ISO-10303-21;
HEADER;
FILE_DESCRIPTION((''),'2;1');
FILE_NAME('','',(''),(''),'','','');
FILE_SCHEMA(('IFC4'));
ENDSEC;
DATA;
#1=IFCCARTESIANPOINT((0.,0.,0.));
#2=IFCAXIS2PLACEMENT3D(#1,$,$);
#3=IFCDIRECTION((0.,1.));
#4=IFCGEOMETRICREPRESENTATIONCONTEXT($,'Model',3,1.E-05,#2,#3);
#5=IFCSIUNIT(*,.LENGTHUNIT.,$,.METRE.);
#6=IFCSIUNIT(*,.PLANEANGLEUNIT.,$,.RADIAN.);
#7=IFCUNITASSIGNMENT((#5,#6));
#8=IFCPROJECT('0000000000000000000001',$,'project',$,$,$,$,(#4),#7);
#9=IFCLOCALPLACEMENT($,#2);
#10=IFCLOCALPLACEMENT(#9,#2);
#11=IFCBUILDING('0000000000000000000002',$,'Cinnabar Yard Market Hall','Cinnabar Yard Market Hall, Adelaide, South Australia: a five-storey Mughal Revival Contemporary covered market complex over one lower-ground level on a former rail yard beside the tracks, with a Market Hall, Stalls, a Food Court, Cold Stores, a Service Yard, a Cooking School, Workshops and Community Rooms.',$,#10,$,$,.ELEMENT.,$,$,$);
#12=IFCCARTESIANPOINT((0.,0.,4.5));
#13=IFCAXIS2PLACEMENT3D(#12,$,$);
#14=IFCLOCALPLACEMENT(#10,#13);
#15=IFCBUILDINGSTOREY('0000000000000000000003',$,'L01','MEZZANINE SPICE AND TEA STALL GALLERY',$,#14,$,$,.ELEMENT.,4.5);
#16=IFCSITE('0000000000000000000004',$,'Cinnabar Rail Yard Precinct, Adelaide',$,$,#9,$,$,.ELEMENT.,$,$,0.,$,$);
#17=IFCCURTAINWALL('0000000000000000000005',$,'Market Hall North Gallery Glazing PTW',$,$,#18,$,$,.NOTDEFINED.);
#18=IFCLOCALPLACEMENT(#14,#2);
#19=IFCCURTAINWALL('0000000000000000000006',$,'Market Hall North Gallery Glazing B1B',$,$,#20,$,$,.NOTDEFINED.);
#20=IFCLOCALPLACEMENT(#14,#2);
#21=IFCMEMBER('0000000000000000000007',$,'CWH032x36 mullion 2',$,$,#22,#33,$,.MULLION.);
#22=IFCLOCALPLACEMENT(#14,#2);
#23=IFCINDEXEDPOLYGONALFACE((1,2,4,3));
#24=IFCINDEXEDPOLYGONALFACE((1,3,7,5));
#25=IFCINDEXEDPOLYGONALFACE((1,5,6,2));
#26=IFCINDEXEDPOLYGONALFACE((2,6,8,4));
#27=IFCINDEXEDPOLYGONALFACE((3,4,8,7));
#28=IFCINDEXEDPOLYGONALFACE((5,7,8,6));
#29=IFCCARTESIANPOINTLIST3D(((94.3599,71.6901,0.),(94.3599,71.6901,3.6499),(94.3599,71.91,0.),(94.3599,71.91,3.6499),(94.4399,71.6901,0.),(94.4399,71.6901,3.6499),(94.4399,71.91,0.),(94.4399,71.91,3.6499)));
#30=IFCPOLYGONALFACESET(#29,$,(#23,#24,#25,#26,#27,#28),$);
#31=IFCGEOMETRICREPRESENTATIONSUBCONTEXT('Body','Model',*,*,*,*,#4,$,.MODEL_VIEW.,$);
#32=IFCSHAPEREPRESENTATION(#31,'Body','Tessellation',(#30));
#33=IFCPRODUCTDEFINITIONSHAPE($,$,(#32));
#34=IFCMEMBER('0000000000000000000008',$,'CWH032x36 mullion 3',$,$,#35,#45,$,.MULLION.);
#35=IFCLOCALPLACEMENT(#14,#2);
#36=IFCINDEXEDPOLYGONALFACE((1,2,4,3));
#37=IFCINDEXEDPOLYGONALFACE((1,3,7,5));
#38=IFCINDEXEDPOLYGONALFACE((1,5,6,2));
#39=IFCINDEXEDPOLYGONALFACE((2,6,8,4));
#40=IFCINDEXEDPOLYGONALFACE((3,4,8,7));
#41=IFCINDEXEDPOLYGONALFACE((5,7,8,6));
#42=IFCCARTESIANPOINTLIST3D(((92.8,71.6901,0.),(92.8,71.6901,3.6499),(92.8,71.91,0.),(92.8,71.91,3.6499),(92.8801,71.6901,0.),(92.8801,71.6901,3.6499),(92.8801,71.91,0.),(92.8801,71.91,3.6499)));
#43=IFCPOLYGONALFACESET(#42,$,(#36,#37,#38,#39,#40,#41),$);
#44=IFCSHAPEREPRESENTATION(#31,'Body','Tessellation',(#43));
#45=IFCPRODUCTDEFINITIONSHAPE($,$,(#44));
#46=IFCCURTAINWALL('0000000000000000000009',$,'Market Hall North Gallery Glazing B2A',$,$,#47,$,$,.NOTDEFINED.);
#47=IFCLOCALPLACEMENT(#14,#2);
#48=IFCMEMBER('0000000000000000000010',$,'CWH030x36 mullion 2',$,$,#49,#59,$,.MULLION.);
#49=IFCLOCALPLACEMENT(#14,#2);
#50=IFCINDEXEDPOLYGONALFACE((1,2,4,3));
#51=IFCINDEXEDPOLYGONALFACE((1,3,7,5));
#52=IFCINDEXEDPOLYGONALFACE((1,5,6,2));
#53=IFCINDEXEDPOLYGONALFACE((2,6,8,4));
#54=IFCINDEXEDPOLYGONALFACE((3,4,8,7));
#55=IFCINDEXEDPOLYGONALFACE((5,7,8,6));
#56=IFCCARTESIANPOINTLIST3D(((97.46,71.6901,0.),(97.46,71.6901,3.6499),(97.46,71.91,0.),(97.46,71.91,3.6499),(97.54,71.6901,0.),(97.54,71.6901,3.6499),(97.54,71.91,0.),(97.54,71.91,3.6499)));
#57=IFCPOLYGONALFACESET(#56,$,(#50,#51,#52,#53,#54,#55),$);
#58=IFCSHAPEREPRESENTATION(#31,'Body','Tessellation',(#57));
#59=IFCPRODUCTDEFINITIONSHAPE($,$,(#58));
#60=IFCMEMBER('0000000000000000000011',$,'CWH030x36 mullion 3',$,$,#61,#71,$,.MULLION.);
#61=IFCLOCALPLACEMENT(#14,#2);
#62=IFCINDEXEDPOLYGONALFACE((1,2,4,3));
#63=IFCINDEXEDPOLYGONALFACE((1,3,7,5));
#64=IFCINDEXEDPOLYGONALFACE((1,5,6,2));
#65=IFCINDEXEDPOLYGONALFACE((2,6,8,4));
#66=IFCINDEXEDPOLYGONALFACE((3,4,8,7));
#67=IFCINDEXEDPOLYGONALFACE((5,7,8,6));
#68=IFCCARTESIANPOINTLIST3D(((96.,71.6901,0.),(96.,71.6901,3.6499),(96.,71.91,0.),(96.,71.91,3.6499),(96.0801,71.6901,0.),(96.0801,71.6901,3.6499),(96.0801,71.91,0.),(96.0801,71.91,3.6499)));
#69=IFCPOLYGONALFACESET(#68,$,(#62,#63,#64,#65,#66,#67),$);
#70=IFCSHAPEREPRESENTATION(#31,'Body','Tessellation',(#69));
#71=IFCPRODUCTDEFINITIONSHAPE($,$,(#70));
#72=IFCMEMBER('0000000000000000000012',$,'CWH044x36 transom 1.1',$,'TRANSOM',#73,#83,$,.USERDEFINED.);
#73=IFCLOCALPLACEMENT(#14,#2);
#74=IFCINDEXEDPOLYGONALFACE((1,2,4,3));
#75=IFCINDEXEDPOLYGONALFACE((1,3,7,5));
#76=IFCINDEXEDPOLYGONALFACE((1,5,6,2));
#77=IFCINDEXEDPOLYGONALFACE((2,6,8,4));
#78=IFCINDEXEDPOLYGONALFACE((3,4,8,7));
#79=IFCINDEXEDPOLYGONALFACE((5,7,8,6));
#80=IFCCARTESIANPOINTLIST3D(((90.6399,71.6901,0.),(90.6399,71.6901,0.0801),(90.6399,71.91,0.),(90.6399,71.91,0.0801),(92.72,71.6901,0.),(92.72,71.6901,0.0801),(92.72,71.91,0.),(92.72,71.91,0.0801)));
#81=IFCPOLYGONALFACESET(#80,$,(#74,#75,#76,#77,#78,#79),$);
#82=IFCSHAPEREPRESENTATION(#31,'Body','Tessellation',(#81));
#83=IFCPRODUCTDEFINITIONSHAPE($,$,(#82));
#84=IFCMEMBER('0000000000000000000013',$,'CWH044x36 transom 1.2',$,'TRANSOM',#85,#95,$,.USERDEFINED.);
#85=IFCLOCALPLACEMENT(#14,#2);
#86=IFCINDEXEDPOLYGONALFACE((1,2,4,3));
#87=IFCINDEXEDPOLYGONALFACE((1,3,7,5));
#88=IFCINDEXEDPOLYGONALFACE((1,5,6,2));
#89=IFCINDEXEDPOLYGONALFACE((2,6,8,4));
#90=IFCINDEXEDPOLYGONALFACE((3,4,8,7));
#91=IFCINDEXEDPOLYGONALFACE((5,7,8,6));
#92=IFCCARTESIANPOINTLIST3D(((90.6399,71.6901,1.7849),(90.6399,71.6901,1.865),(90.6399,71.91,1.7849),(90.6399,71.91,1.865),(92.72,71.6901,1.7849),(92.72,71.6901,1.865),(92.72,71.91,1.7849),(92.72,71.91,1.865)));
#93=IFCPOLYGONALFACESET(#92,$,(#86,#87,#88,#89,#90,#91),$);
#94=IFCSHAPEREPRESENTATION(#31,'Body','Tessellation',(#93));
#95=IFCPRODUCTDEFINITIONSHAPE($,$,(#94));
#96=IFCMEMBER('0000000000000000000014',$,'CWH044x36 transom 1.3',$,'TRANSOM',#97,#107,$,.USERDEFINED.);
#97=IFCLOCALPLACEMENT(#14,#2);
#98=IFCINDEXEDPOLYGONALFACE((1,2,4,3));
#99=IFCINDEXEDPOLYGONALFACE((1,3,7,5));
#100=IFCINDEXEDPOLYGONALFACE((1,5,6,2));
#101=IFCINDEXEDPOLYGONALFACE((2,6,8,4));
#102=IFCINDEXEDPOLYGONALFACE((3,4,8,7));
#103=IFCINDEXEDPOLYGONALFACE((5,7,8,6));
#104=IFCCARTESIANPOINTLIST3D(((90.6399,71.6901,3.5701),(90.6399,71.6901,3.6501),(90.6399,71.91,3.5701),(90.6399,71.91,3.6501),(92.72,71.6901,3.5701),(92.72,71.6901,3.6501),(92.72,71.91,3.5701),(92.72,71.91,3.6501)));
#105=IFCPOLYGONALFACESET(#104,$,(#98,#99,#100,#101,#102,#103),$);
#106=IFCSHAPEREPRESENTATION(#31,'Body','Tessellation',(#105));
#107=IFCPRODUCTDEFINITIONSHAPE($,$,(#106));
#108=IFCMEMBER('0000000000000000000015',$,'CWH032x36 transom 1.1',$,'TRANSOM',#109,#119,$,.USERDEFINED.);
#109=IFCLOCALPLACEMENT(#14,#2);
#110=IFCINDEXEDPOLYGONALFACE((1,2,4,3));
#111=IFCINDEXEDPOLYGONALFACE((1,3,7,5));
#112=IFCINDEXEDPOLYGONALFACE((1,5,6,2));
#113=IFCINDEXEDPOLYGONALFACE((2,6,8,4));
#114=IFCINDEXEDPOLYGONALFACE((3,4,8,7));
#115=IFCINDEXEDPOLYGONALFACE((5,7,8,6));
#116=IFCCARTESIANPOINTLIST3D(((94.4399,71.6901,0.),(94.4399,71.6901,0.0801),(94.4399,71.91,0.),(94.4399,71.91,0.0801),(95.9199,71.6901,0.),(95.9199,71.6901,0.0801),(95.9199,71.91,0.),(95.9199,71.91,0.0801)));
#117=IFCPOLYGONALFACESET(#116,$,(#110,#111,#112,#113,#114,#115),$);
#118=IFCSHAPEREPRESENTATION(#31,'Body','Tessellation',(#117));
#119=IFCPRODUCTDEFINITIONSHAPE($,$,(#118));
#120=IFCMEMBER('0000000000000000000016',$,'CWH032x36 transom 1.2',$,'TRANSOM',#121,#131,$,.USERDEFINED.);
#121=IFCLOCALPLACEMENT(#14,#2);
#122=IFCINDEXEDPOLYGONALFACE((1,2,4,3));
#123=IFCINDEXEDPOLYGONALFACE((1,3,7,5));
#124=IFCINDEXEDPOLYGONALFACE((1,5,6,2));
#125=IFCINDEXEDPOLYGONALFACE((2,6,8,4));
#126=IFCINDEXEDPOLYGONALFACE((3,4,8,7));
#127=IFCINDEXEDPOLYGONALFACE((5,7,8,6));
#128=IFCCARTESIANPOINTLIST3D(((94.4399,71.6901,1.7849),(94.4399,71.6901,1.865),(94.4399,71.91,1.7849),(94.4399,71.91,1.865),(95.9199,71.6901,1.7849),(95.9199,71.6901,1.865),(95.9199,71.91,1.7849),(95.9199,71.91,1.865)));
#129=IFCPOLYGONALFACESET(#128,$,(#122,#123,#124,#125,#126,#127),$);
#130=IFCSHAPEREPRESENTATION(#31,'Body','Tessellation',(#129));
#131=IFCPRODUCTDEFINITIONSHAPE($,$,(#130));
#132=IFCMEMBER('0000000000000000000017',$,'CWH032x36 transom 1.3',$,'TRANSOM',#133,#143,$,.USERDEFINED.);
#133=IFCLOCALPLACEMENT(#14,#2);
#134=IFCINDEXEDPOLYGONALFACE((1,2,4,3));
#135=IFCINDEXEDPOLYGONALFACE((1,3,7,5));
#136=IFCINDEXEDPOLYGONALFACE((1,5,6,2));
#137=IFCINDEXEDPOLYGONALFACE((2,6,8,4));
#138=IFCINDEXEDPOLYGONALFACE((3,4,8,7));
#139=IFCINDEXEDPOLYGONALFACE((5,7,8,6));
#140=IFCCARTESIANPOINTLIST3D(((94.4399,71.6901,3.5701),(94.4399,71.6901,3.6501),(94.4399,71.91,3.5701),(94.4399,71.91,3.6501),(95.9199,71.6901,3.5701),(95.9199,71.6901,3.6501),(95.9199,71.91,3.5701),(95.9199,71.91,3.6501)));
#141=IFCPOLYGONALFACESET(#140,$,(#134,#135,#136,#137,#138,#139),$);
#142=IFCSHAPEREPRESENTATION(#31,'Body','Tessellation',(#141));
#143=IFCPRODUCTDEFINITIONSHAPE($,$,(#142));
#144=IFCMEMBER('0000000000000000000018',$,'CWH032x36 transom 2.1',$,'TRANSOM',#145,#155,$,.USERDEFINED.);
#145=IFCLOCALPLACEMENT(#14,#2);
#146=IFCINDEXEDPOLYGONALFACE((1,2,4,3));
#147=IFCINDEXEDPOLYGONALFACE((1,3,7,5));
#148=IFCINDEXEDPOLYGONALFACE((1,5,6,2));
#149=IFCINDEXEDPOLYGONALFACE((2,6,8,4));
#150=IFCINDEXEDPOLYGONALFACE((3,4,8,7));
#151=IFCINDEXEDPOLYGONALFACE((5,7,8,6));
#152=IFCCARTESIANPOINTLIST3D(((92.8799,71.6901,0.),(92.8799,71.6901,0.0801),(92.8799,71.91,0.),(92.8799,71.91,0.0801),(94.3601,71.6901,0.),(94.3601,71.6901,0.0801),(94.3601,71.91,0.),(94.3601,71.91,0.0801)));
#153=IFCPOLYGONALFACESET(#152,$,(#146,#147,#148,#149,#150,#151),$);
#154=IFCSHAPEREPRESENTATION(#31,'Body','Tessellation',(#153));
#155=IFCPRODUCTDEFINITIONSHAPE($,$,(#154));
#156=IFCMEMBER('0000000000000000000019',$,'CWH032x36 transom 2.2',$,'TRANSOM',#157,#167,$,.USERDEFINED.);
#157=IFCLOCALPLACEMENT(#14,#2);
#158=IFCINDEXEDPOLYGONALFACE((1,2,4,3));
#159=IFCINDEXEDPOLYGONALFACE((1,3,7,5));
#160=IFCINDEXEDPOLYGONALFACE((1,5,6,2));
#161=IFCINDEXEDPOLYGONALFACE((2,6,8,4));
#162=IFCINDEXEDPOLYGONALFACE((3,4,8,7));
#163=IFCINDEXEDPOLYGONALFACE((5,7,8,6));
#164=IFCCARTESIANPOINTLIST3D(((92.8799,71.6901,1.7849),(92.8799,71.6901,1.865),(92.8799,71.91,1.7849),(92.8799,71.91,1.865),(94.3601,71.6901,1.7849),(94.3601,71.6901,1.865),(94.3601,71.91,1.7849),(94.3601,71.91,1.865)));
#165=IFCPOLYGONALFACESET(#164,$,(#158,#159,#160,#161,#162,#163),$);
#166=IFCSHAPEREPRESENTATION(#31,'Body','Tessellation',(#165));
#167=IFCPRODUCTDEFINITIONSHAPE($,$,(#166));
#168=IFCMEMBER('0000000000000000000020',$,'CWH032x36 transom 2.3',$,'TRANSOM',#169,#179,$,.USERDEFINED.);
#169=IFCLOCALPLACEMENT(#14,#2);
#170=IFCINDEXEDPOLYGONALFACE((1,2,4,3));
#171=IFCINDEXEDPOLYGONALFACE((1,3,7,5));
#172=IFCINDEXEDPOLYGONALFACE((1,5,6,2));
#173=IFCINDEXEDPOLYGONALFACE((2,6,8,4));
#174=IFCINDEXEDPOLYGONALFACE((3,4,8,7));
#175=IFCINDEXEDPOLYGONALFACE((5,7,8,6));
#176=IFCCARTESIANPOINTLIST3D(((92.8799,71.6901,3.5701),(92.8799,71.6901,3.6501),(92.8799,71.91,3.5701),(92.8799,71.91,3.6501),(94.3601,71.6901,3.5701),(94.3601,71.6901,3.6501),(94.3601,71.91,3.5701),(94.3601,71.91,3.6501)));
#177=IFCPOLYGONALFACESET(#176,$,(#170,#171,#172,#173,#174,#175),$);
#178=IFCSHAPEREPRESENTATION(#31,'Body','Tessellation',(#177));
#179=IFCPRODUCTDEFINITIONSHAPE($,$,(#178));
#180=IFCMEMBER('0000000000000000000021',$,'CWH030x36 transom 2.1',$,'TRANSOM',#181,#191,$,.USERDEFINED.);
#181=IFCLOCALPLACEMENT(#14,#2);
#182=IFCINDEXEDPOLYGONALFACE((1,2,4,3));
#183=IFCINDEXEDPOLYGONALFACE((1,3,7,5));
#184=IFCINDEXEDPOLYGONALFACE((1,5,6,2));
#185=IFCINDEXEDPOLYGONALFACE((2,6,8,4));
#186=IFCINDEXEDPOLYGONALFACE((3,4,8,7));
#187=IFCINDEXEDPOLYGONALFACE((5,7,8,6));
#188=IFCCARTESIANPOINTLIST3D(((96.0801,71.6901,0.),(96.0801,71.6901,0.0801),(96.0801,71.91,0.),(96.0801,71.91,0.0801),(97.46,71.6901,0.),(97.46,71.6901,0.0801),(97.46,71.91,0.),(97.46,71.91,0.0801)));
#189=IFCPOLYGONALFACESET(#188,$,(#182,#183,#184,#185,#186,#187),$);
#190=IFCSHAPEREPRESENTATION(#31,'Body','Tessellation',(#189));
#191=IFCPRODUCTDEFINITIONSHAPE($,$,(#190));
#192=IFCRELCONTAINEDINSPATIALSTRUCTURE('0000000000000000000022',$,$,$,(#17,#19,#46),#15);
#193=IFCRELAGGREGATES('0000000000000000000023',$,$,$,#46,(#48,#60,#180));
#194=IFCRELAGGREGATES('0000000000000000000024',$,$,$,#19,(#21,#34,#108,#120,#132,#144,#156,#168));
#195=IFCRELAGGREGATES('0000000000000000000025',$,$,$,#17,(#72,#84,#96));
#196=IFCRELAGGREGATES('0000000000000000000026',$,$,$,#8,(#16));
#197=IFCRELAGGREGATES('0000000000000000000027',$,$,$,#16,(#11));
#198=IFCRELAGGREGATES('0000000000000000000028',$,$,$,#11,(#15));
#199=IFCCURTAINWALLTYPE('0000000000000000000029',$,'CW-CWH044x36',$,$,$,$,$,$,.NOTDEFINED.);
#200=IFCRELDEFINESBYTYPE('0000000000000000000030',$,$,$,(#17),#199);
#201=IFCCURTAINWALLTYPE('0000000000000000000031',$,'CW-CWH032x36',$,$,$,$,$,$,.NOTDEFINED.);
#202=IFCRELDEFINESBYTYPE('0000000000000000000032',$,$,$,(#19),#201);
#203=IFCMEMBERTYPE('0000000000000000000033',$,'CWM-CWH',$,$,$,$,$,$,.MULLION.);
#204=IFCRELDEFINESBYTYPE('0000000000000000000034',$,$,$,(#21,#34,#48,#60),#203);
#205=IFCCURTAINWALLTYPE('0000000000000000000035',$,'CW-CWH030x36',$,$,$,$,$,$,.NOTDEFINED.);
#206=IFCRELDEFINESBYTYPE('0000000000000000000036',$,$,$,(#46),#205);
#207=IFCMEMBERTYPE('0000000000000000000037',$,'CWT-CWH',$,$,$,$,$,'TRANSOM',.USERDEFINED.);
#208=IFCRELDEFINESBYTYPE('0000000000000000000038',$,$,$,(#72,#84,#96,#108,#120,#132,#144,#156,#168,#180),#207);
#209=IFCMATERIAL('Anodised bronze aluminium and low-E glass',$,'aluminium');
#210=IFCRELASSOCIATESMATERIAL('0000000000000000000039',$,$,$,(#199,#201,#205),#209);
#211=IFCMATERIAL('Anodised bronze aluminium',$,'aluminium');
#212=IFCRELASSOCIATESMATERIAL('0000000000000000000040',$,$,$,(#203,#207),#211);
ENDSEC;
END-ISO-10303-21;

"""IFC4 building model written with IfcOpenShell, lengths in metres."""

from ifc_helpers import new_model, si_unit, direction, frame, origin, origin_2d_with_axis, place, context, subcontext, project, spatial, rectangle, extrude, material, material_profile, profile_set, type_object, element, aggregate, save


model = new_model("IFC4")

# Units and contexts
model_context = context("Model", 3, precision=1e-05, world=origin(), true_north=direction((0.0, 1.0)))
body_context = subcontext(model_context, "Body", "Model", "MODEL_VIEW")
ifc_project = project(units=[si_unit("LENGTHUNIT", "METRE"), si_unit("PLANEANGLEUNIT", "RADIAN")], contexts=[model_context])

# Site, building, storey
site_placement = place(None, origin())
site = spatial("IfcSite", under=ifc_project, at=site_placement, Name="Cinnabar Rail Yard Precinct, Adelaide", CompositionType="ELEMENT", RefElevation=0.0)
building_placement = place(site_placement, origin())
building = spatial("IfcBuilding", under=site, at=building_placement, Name="Cinnabar Yard Market Hall", Description="Cinnabar Yard Market Hall, Adelaide, South Australia: a five-storey Mughal Revival Contemporary covered market complex over one lower-ground level on a former rail yard beside the tracks, with a Market Hall, Stalls, a Food Court, Cold Stores, a Service Yard, a Cooking School, Workshops and Community Rooms.", CompositionType="ELEMENT")
storey_placement = place(building_placement, frame((0.0, 0.0, 4.5)))
storey = spatial("IfcBuildingStorey", under=building, at=storey_placement, Name="L01", Description="MEZZANINE SPICE AND TEA STALL GALLERY", CompositionType="ELEMENT", Elevation=4.5)

# Curtain wall
ifc_material_1 = material(Name="Anodised bronze aluminium and low-E glass", Category="aluminium")
curtain_wall_type_1 = type_object("IfcCurtainWallType", Name="CW-CWH044x36", PredefinedType="NOTDEFINED", material=ifc_material_1)
curtain_wall_1_placement = place(storey_placement, origin())
curtain_wall_1 = element("IfcCurtainWall", 1, at=curtain_wall_1_placement, inside=storey, type_object=curtain_wall_type_1, Name="Market Hall North Gallery Glazing PTW", PredefinedType="NOTDEFINED")
ifc_material_2 = material(Name="Anodised bronze aluminium", Category="aluminium")
ifc_material_profile_1 = material_profile(ifc_material_2, rectangle(XDim=0.22, YDim=0.0801, at=origin_2d_with_axis()), Name="MUL-CWH")
ifc_profile_set_1 = profile_set([ifc_material_profile_1], Name="Anodised bronze aluminium")
member_type_1 = type_object("IfcMemberType", Name="CWM-CWH", PredefinedType="MULLION", material=ifc_profile_set_1)

# Curtain walls, members
curtain_wall_type_2 = type_object("IfcCurtainWallType", Name="CW-CWH032x36", PredefinedType="NOTDEFINED", material=ifc_material_1)
curtain_wall_2_placement = place(storey_placement, origin())
curtain_wall_2 = element("IfcCurtainWall", 2, at=curtain_wall_2_placement, inside=storey, type_object=curtain_wall_type_2, Name="Market Hall North Gallery Glazing B1B", PredefinedType="NOTDEFINED")
member_1_placement = place(storey_placement, frame((94.3999, 71.8, 0.0), z_axis=(0.0, 0.0, 1.0), x_axis=(0.0, -1.0, 0.0)))
member_1 = element("IfcMember", 3, at=member_1_placement, type_object=member_type_1, Name="CWH032x36 mullion 2", PredefinedType="MULLION", context=body_context, shape_type="SweptSolid", body=[
    extrude(rectangle(XDim=0.22, YDim=0.0801, at=origin_2d_with_axis()), origin(), (0.0, 0.0, 1.0), 3.6499),
])
member_2_placement = place(storey_placement, frame((92.8401, 71.8, 0.0), z_axis=(0.0, 0.0, 1.0), x_axis=(0.0, -1.0, 0.0)))
member_2 = element("IfcMember", 4, at=member_2_placement, type_object=member_type_1, Name="CWH032x36 mullion 3", PredefinedType="MULLION", context=body_context, shape_type="SweptSolid", body=[
    extrude(rectangle(XDim=0.22, YDim=0.0801, at=origin_2d_with_axis()), origin(), (0.0, 0.0, 1.0), 3.6499),
])
curtain_wall_type_3 = type_object("IfcCurtainWallType", Name="CW-CWH030x36", PredefinedType="NOTDEFINED", material=ifc_material_1)
curtain_wall_3_placement = place(storey_placement, origin())
curtain_wall_3 = element("IfcCurtainWall", 5, at=curtain_wall_3_placement, inside=storey, type_object=curtain_wall_type_3, Name="Market Hall North Gallery Glazing B2A", PredefinedType="NOTDEFINED")
member_3_placement = place(storey_placement, frame((97.5, 71.8, 0.0), z_axis=(0.0, 0.0, 1.0), x_axis=(0.0, -1.0, 0.0)))
member_3 = element("IfcMember", 6, at=member_3_placement, type_object=member_type_1, Name="CWH030x36 mullion 2", PredefinedType="MULLION", context=body_context, shape_type="SweptSolid", body=[
    extrude(rectangle(XDim=0.22, YDim=0.0801, at=origin_2d_with_axis()), origin(), (0.0, 0.0, 1.0), 3.6499),
])
member_4_placement = place(storey_placement, frame((96.04, 71.8, 0.0), z_axis=(0.0, 0.0, 1.0), x_axis=(0.0, -1.0, 0.0)))
member_4 = element("IfcMember", 7, at=member_4_placement, type_object=member_type_1, Name="CWH030x36 mullion 3", PredefinedType="MULLION", context=body_context, shape_type="SweptSolid", body=[
    extrude(rectangle(XDim=0.22, YDim=0.0801, at=origin_2d_with_axis()), origin(), (0.0, 0.0, 1.0), 3.6499),
])

# Members
ifc_material_profile_2 = material_profile(ifc_material_2, rectangle(XDim=0.22, YDim=0.0801, at=origin_2d_with_axis()), Name="TRN-CWH")
ifc_profile_set_2 = profile_set([ifc_material_profile_2], Name="Anodised bronze aluminium")
member_type_2 = type_object("IfcMemberType", Name="CWT-CWH", ElementType="TRANSOM", PredefinedType="USERDEFINED", material=ifc_profile_set_2)
member_5_placement = place(storey_placement, frame((92.72, 71.8, 0.04), z_axis=(-1.0, 0.0, 0.0), x_axis=(0.0, -1.0, 0.0)))
member_5 = element("IfcMember", 8, at=member_5_placement, type_object=member_type_2, Name="CWH044x36 transom 1.1", ObjectType="TRANSOM", PredefinedType="USERDEFINED", context=body_context, shape_type="SweptSolid", body=[
    extrude(rectangle(XDim=0.22, YDim=0.0801, at=origin_2d_with_axis()), origin(), (0.0, 0.0, 1.0), 2.0801),
])
member_6_placement = place(storey_placement, frame((92.72, 71.8, 1.825), z_axis=(-1.0, 0.0, 0.0), x_axis=(0.0, -1.0, 0.0)))
member_6 = element("IfcMember", 9, at=member_6_placement, type_object=member_type_2, Name="CWH044x36 transom 1.2", ObjectType="TRANSOM", PredefinedType="USERDEFINED", context=body_context, shape_type="SweptSolid", body=[
    extrude(rectangle(XDim=0.22, YDim=0.0801, at=origin_2d_with_axis()), origin(), (0.0, 0.0, 1.0), 2.0801),
])
member_7_placement = place(storey_placement, frame((92.72, 71.8, 3.6101), z_axis=(-1.0, 0.0, 0.0), x_axis=(0.0, -1.0, 0.0)))
member_7 = element("IfcMember", 10, at=member_7_placement, type_object=member_type_2, Name="CWH044x36 transom 1.3", ObjectType="TRANSOM", PredefinedType="USERDEFINED", context=body_context, shape_type="SweptSolid", body=[
    extrude(rectangle(XDim=0.22, YDim=0.0801, at=origin_2d_with_axis()), origin(), (0.0, 0.0, 1.0), 2.0801),
])
member_8_placement = place(storey_placement, frame((95.9199, 71.8, 0.04), z_axis=(-1.0, 0.0, 0.0), x_axis=(0.0, -1.0, 0.0)))
member_8 = element("IfcMember", 11, at=member_8_placement, type_object=member_type_2, Name="CWH032x36 transom 1.1", ObjectType="TRANSOM", PredefinedType="USERDEFINED", context=body_context, shape_type="SweptSolid", body=[
    extrude(rectangle(XDim=0.22, YDim=0.0801, at=origin_2d_with_axis()), origin(), (0.0, 0.0, 1.0), 1.48),
])
member_9_placement = place(storey_placement, frame((95.9199, 71.8, 1.825), z_axis=(-1.0, 0.0, 0.0), x_axis=(0.0, -1.0, 0.0)))
member_9 = element("IfcMember", 12, at=member_9_placement, type_object=member_type_2, Name="CWH032x36 transom 1.2", ObjectType="TRANSOM", PredefinedType="USERDEFINED", context=body_context, shape_type="SweptSolid", body=[
    extrude(rectangle(XDim=0.22, YDim=0.0801, at=origin_2d_with_axis()), origin(), (0.0, 0.0, 1.0), 1.48),
])
member_10_placement = place(storey_placement, frame((95.9199, 71.8, 3.6101), z_axis=(-1.0, 0.0, 0.0), x_axis=(0.0, -1.0, 0.0)))
member_10 = element("IfcMember", 13, at=member_10_placement, type_object=member_type_2, Name="CWH032x36 transom 1.3", ObjectType="TRANSOM", PredefinedType="USERDEFINED", context=body_context, shape_type="SweptSolid", body=[
    extrude(rectangle(XDim=0.22, YDim=0.0801, at=origin_2d_with_axis()), origin(), (0.0, 0.0, 1.0), 1.48),
])
member_11_placement = place(storey_placement, frame((94.3601, 71.8, 0.04), z_axis=(-1.0, 0.0, 0.0), x_axis=(0.0, -1.0, 0.0)))
member_11 = element("IfcMember", 14, at=member_11_placement, type_object=member_type_2, Name="CWH032x36 transom 2.1", ObjectType="TRANSOM", PredefinedType="USERDEFINED", context=body_context, shape_type="SweptSolid", body=[
    extrude(rectangle(XDim=0.22, YDim=0.0801, at=origin_2d_with_axis()), origin(), (0.0, 0.0, 1.0), 1.4802),
])
member_12_placement = place(storey_placement, frame((94.3601, 71.8, 1.825), z_axis=(-1.0, 0.0, 0.0), x_axis=(0.0, -1.0, 0.0)))
member_12 = element("IfcMember", 15, at=member_12_placement, type_object=member_type_2, Name="CWH032x36 transom 2.2", ObjectType="TRANSOM", PredefinedType="USERDEFINED", context=body_context, shape_type="SweptSolid", body=[
    extrude(rectangle(XDim=0.22, YDim=0.0801, at=origin_2d_with_axis()), origin(), (0.0, 0.0, 1.0), 1.4802),
])
member_13_placement = place(storey_placement, frame((94.3601, 71.8, 3.6101), z_axis=(-1.0, 0.0, 0.0), x_axis=(0.0, -1.0, 0.0)))
member_13 = element("IfcMember", 16, at=member_13_placement, type_object=member_type_2, Name="CWH032x36 transom 2.3", ObjectType="TRANSOM", PredefinedType="USERDEFINED", context=body_context, shape_type="SweptSolid", body=[
    extrude(rectangle(XDim=0.22, YDim=0.0801, at=origin_2d_with_axis()), origin(), (0.0, 0.0, 1.0), 1.4802),
])
member_14_placement = place(storey_placement, frame((97.46, 71.8, 0.04), z_axis=(-1.0, 0.0, 0.0), x_axis=(0.0, -1.0, 0.0)))
member_14 = element("IfcMember", 17, at=member_14_placement, type_object=member_type_2, Name="CWH030x36 transom 2.1", ObjectType="TRANSOM", PredefinedType="USERDEFINED", context=body_context, shape_type="SweptSolid", body=[
    extrude(rectangle(XDim=0.22, YDim=0.0801, at=origin_2d_with_axis()), origin(), (0.0, 0.0, 1.0), 1.3799),
])

aggregate(curtain_wall_3, [member_3, member_4, member_14])
aggregate(curtain_wall_2, [member_1, member_2, member_8, member_9, member_10, member_11, member_12, member_13])
aggregate(curtain_wall_1, [member_5, member_6, member_7])

save(model, "model.ifc")
